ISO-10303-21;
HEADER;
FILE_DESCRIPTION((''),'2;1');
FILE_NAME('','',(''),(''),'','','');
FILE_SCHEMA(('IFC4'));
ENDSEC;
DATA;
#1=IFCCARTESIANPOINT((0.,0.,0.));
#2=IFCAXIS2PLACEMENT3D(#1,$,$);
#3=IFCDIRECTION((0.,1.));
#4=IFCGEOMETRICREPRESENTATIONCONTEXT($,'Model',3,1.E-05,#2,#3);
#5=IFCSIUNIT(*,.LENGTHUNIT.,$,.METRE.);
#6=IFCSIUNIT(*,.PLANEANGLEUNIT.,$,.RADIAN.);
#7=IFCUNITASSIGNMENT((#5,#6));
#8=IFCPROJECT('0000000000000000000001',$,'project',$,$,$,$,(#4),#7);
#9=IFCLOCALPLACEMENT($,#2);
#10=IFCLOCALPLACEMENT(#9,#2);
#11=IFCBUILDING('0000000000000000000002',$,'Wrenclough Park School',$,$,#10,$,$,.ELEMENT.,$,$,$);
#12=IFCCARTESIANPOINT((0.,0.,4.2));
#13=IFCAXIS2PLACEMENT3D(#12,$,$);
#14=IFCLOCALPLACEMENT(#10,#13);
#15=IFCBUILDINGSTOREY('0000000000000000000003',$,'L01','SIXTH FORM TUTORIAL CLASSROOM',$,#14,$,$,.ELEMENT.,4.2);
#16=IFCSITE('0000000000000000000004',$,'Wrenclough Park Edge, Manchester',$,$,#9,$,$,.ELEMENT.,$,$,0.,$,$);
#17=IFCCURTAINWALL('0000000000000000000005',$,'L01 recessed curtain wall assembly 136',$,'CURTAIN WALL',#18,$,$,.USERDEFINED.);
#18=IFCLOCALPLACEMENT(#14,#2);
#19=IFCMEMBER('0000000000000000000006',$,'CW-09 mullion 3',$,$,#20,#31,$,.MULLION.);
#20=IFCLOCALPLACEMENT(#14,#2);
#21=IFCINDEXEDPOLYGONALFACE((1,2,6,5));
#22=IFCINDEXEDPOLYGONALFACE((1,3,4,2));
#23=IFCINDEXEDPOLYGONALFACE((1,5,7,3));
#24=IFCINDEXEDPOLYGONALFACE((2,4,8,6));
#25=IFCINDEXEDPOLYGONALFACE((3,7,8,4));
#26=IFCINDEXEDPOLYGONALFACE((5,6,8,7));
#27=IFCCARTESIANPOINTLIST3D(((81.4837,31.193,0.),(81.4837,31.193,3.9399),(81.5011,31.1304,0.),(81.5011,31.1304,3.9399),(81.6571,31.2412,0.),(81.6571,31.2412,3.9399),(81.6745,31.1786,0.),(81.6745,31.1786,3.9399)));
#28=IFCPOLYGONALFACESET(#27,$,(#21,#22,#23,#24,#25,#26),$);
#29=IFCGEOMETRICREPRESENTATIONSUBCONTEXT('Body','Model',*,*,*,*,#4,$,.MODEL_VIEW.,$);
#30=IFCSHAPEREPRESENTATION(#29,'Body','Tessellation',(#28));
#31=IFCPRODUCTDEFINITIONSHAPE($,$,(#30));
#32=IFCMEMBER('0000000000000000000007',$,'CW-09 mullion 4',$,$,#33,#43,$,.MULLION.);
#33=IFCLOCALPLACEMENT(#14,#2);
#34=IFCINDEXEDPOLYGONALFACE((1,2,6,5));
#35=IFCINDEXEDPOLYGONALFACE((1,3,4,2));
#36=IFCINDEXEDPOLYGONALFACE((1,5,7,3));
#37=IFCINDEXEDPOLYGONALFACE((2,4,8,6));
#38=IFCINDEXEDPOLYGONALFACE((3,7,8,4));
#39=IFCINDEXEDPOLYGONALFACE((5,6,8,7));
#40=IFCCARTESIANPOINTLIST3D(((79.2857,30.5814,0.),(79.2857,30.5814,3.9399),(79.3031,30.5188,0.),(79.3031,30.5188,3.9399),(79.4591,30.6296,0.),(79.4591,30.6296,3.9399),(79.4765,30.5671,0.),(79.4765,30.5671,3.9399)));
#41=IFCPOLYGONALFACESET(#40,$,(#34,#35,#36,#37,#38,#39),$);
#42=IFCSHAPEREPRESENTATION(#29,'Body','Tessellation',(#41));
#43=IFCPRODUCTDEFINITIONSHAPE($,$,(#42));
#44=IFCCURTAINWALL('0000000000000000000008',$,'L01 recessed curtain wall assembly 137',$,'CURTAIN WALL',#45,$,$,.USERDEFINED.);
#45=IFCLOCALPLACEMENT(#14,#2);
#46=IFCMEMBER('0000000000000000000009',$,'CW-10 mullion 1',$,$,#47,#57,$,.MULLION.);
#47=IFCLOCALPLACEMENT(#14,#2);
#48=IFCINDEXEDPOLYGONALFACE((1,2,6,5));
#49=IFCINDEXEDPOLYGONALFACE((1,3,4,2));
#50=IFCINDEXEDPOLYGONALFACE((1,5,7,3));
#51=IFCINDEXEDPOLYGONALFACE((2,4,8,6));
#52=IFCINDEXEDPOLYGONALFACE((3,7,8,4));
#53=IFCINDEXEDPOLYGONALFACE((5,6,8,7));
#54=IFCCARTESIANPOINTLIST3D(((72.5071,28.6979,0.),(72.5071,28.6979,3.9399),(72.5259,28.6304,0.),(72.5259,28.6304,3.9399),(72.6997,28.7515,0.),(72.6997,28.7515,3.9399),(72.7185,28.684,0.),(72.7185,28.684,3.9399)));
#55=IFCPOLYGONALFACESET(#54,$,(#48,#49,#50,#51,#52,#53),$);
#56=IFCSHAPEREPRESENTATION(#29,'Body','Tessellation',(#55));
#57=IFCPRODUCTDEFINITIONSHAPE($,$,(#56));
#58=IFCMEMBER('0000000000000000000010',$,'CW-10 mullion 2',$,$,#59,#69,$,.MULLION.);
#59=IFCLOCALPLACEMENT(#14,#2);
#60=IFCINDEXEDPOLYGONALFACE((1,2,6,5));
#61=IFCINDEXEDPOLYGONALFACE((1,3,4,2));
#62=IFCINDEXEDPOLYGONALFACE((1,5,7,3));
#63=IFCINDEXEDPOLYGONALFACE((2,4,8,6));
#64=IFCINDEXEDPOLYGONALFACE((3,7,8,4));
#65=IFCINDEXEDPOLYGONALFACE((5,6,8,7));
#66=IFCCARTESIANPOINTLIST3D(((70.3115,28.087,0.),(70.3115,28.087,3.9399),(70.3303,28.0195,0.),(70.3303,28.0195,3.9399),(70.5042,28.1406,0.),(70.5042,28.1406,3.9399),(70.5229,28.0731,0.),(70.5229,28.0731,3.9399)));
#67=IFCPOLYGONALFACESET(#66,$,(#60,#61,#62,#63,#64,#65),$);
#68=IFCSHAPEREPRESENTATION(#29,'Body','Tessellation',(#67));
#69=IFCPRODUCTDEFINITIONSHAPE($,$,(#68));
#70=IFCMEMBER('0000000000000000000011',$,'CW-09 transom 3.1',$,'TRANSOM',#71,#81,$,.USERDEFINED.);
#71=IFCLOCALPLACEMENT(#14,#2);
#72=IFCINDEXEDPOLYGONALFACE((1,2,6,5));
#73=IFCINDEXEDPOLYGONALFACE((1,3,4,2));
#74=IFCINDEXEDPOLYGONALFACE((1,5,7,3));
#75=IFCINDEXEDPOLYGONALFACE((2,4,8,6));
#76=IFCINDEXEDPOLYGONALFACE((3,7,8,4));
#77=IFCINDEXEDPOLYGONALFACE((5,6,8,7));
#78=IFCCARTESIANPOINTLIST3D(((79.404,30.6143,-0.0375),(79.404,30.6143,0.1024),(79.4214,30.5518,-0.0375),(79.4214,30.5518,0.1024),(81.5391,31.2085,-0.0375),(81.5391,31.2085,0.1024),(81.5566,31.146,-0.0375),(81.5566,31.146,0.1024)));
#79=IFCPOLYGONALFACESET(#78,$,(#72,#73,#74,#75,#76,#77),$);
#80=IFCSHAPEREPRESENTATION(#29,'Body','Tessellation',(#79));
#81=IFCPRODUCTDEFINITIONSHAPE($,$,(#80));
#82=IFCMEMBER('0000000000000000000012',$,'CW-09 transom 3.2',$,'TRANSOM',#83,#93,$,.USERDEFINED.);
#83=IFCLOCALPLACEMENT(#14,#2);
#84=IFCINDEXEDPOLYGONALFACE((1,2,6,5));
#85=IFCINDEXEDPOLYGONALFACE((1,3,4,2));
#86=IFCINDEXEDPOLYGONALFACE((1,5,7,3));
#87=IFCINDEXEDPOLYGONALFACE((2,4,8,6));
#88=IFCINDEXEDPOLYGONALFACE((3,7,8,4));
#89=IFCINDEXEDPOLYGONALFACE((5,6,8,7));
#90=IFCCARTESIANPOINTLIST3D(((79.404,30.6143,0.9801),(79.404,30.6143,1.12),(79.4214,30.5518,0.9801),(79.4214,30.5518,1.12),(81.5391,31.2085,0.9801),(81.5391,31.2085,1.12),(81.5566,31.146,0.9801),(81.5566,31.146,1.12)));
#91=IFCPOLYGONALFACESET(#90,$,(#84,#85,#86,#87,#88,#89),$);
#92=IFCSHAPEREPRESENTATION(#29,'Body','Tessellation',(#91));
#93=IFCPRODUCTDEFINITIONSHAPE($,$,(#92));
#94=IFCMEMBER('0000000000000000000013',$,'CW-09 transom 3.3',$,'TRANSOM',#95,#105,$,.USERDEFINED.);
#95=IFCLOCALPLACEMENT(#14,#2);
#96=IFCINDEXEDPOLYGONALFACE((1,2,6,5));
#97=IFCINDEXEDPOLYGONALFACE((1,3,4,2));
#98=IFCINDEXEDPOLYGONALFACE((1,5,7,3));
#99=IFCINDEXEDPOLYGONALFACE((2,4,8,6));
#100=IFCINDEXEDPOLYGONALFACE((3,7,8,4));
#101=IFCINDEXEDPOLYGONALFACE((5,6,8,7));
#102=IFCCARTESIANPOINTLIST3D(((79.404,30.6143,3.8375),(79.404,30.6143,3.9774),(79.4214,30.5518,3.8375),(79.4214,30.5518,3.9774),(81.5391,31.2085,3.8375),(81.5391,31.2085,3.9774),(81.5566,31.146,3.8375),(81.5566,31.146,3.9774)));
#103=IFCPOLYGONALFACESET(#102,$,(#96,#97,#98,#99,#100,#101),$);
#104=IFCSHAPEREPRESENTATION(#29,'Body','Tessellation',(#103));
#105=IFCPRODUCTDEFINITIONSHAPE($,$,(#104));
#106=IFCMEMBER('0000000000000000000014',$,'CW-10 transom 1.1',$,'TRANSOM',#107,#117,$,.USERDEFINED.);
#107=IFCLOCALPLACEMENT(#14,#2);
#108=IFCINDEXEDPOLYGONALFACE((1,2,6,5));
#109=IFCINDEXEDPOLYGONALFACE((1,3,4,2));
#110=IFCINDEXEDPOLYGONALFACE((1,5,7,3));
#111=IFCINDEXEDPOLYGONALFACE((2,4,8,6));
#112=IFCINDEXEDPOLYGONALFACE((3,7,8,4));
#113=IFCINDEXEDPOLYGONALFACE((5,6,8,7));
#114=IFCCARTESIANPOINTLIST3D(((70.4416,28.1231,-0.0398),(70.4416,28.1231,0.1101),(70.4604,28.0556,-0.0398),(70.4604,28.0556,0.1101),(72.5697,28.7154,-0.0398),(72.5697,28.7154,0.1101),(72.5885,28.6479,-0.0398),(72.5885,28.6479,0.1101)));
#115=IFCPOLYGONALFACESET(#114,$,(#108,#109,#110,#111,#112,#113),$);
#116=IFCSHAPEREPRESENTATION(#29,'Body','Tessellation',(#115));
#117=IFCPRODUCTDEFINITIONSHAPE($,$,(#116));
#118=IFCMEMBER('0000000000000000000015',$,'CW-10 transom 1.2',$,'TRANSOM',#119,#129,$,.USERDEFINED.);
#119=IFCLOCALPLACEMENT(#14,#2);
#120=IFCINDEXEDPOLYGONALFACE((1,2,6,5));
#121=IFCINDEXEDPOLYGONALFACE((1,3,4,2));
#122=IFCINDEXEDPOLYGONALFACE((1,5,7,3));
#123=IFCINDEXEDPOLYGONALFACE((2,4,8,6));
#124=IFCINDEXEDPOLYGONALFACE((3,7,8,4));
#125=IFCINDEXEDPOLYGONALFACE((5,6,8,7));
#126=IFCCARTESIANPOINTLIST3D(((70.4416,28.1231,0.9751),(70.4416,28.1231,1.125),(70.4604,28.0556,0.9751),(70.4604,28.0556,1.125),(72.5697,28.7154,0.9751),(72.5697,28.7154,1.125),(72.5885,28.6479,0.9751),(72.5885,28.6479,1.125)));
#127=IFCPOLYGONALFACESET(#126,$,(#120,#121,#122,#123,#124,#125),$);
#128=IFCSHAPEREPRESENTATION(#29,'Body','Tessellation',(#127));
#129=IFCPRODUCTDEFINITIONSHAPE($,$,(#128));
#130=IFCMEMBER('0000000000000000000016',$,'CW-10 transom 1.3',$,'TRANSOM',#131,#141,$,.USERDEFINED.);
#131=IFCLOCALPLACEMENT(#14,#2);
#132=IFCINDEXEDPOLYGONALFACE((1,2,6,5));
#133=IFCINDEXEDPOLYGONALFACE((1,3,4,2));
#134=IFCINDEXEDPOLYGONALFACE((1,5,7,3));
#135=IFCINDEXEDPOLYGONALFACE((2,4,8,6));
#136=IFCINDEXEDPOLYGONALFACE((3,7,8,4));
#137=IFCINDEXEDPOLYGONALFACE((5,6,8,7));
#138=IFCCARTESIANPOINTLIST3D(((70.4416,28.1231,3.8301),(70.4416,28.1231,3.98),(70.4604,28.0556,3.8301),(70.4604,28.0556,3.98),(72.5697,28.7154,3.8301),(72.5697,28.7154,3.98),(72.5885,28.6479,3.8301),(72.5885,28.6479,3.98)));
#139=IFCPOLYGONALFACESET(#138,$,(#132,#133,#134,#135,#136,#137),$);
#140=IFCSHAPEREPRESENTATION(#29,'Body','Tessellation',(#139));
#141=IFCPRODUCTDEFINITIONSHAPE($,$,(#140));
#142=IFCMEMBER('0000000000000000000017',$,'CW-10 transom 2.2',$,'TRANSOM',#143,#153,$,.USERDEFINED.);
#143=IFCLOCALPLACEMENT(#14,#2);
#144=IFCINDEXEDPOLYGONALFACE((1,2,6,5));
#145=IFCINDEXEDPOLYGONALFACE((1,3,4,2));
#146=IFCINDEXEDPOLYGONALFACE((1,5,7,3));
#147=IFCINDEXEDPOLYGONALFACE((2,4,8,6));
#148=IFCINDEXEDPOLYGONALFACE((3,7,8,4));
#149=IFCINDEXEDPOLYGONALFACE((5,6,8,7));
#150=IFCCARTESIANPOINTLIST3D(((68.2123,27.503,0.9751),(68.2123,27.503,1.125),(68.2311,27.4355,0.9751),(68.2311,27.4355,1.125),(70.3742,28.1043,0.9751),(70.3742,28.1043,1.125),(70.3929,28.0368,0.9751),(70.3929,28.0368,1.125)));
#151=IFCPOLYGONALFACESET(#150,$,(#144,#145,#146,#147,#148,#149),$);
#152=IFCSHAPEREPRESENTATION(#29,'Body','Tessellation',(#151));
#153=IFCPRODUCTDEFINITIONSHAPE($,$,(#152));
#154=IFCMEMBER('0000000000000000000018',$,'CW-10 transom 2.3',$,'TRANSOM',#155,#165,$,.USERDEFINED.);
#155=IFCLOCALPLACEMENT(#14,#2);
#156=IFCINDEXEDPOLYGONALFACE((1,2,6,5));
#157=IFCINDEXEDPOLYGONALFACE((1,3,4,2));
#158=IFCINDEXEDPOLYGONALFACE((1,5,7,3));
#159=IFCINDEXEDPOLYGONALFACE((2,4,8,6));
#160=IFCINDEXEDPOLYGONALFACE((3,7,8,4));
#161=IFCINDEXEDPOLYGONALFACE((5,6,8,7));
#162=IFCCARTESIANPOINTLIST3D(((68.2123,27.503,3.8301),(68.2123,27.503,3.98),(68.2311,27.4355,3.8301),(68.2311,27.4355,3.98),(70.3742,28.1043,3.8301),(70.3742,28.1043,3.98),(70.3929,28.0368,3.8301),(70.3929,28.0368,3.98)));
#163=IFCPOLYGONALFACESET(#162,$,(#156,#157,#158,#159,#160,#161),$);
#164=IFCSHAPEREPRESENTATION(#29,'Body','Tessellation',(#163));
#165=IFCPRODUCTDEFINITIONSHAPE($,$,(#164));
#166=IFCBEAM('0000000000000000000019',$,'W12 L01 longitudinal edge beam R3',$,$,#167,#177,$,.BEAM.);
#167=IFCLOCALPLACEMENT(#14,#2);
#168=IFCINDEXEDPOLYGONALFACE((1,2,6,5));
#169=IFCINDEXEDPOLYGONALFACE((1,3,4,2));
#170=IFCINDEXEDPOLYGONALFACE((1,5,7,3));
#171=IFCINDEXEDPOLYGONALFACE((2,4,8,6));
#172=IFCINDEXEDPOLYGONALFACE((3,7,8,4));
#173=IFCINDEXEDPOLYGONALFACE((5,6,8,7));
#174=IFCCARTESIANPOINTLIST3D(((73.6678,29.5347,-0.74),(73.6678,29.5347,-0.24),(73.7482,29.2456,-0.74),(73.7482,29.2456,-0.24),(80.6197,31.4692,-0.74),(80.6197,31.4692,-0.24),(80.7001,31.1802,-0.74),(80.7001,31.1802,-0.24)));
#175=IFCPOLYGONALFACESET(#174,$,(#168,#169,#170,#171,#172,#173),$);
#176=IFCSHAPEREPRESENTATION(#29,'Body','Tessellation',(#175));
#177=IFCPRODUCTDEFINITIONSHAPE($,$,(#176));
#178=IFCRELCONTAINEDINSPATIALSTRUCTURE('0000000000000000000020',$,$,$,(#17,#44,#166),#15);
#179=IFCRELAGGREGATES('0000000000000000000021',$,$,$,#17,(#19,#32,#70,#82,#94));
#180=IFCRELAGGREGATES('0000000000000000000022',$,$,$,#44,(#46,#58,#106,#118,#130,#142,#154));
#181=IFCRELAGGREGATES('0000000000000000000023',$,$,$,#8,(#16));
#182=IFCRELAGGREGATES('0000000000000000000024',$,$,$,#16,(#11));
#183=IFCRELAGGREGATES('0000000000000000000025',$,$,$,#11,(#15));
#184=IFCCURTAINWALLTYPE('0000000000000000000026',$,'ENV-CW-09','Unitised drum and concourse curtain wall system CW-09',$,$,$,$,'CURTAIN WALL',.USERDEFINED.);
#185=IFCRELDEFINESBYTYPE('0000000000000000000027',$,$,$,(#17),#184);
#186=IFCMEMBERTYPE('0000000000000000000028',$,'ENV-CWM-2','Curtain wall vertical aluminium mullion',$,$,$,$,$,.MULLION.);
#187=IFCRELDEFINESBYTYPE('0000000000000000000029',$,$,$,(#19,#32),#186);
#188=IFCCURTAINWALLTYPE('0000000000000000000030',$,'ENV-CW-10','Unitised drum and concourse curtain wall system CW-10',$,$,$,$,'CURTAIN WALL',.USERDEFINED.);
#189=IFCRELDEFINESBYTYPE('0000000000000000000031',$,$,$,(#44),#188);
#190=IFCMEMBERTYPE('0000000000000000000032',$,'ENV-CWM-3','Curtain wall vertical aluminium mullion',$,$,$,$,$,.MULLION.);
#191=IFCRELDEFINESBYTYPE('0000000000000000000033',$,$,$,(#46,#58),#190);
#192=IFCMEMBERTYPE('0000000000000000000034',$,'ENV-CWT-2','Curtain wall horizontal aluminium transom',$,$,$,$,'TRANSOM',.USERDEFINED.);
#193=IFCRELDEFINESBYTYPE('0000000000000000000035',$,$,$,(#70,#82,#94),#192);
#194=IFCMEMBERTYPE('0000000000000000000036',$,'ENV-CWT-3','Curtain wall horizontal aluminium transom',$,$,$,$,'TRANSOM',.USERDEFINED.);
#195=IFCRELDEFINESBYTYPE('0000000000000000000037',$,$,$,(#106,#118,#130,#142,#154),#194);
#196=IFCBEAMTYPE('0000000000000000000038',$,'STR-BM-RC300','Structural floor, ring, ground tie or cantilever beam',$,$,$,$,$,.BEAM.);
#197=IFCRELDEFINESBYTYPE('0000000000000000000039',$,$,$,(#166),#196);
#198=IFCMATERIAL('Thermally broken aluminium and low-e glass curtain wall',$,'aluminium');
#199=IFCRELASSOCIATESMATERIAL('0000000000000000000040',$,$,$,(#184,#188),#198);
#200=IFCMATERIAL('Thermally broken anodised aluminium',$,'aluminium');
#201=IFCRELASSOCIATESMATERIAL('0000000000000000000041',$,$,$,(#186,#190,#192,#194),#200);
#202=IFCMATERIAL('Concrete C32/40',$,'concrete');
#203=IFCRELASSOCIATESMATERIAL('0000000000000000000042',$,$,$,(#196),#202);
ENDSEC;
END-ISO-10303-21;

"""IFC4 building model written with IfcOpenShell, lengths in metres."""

from ifc_helpers import new_model, si_unit, direction, frame, origin, origin_2d, place, context, subcontext, project, spatial, rectangle, extrude, material, material_profile, profile_set, type_object, element, aggregate, save


model = new_model("IFC4")

# Units and contexts
model_context = context("Model", 3, precision=1e-05, world=origin(), true_north=direction((0.0, 1.0)))
body_context = subcontext(model_context, "Body", "Model", "MODEL_VIEW")
ifc_project = project(units=[si_unit("LENGTHUNIT", "METRE"), si_unit("PLANEANGLEUNIT", "RADIAN")], contexts=[model_context])

# Site, building, storey
site_placement = place(None, origin())
site = spatial("IfcSite", under=ifc_project, at=site_placement, Name="Wrenclough Park Edge, Manchester", CompositionType="ELEMENT", RefElevation=0.0)
building_placement = place(site_placement, origin())
building = spatial("IfcBuilding", under=site, at=building_placement, Name="Wrenclough Park School", CompositionType="ELEMENT")
storey_placement = place(building_placement, frame((0.0, 0.0, 4.2)))
storey = spatial("IfcBuildingStorey", under=building, at=storey_placement, Name="L01", Description="SIXTH FORM TUTORIAL CLASSROOM", CompositionType="ELEMENT", Elevation=4.2)

# Curtain walls, members
ifc_material_1 = material(Name="Thermally broken aluminium and low-e glass curtain wall", Category="aluminium")
curtain_wall_type_1 = type_object("IfcCurtainWallType", Name="ENV-CW-09", Description="Unitised drum and concourse curtain wall system CW-09", ElementType="CURTAIN WALL", PredefinedType="USERDEFINED", material=ifc_material_1)
curtain_wall_1_placement = place(storey_placement, origin())
curtain_wall_1 = element("IfcCurtainWall", 1, at=curtain_wall_1_placement, inside=storey, type_object=curtain_wall_type_1, Name="L01 recessed curtain wall assembly 136", ObjectType="CURTAIN WALL", PredefinedType="USERDEFINED")
ifc_material_2 = material(Name="Thermally broken anodised aluminium", Category="aluminium")
ifc_material_profile_1 = material_profile(ifc_material_2, rectangle(XDim=0.0649, YDim=0.1799, at=origin_2d()), Name="AL MULLION 65x180")
ifc_profile_set_1 = profile_set([ifc_material_profile_1], Name="Thermally broken anodised aluminium")
member_type_1 = type_object("IfcMemberType", Name="ENV-CWM-2", Description="Curtain wall vertical aluminium mullion", PredefinedType="MULLION", material=ifc_profile_set_1)
member_1_placement = place(storey_placement, frame((81.5791, 31.1858, 0.0), z_axis=(0.0, 0.0, 1.0), x_axis=(0.268073, -0.963399, 0.0)))
member_1 = element("IfcMember", 2, at=member_1_placement, type_object=member_type_1, Name="CW-09 mullion 3", PredefinedType="MULLION", context=body_context, shape_type="SweptSolid", body=[
    extrude(rectangle(XDim=0.0649, YDim=0.1799, at=origin_2d()), origin(), (0.0, 0.0, 1.0), 3.9399),
])
member_2_placement = place(storey_placement, frame((79.3811, 30.5742, 0.0), z_axis=(0.0, 0.0, 1.0), x_axis=(0.268073, -0.963399, 0.0)))
member_2 = element("IfcMember", 3, at=member_2_placement, type_object=member_type_1, Name="CW-09 mullion 4", PredefinedType="MULLION", context=body_context, shape_type="SweptSolid", body=[
    extrude(rectangle(XDim=0.0649, YDim=0.1799, at=origin_2d()), origin(), (0.0, 0.0, 1.0), 3.9399),
])
curtain_wall_type_2 = type_object("IfcCurtainWallType", Name="ENV-CW-10", Description="Unitised drum and concourse curtain wall system CW-10", ElementType="CURTAIN WALL", PredefinedType="USERDEFINED", material=ifc_material_1)
curtain_wall_2_placement = place(storey_placement, origin())
curtain_wall_2 = element("IfcCurtainWall", 4, at=curtain_wall_2_placement, inside=storey, type_object=curtain_wall_type_2, Name="L01 recessed curtain wall assembly 137", ObjectType="CURTAIN WALL", PredefinedType="USERDEFINED")
ifc_material_profile_2 = material_profile(ifc_material_2, rectangle(XDim=0.0701, YDim=0.2, at=origin_2d()), Name="AL MULLION 70x200")
ifc_profile_set_2 = profile_set([ifc_material_profile_2], Name="Thermally broken anodised aluminium")
member_type_2 = type_object("IfcMemberType", Name="ENV-CWM-3", Description="Curtain wall vertical aluminium mullion", PredefinedType="MULLION", material=ifc_profile_set_2)
member_3_placement = place(storey_placement, frame((72.6128, 28.6909, 0.0), z_axis=(0.0, 0.0, 1.0), x_axis=(0.268059, -0.963402, 0.0)))
member_3 = element("IfcMember", 5, at=member_3_placement, type_object=member_type_2, Name="CW-10 mullion 1", PredefinedType="MULLION", context=body_context, shape_type="SweptSolid", body=[
    extrude(rectangle(XDim=0.0701, YDim=0.2, at=origin_2d()), origin(), (0.0, 0.0, 1.0), 3.9399),
])
member_4_placement = place(storey_placement, frame((70.4172, 28.0801, 0.0), z_axis=(0.0, 0.0, 1.0), x_axis=(0.268059, -0.963402, 0.0)))
member_4 = element("IfcMember", 6, at=member_4_placement, type_object=member_type_2, Name="CW-10 mullion 2", PredefinedType="MULLION", context=body_context, shape_type="SweptSolid", body=[
    extrude(rectangle(XDim=0.0701, YDim=0.2, at=origin_2d()), origin(), (0.0, 0.0, 1.0), 3.9399),
])

# Members
ifc_material_profile_3 = material_profile(ifc_material_2, rectangle(XDim=0.0649, YDim=0.1399, at=origin_2d()), Name="AL TRANSOM 65x140")
ifc_profile_set_3 = profile_set([ifc_material_profile_3], Name="Thermally broken anodised aluminium")
member_type_3 = type_object("IfcMemberType", Name="ENV-CWT-2", Description="Curtain wall horizontal aluminium transom", ElementType="TRANSOM", PredefinedType="USERDEFINED", material=ifc_profile_set_3)
member_5_placement = place(storey_placement, frame((81.5479, 31.1772, 0.0325), z_axis=(-0.963388, -0.26811, 0.0), x_axis=(0.26811, -0.963388, 0.0)))
member_5 = element("IfcMember", 7, at=member_5_placement, type_object=member_type_3, Name="CW-09 transom 3.1", ObjectType="TRANSOM", PredefinedType="USERDEFINED", context=body_context, shape_type="SweptSolid", body=[
    extrude(rectangle(XDim=0.0649, YDim=0.1399, at=origin_2d()), origin(), (0.0, 0.0, 1.0), 2.2163),
])
member_6_placement = place(storey_placement, frame((81.5479, 31.1772, 1.05), z_axis=(-0.963388, -0.26811, 0.0), x_axis=(0.26811, -0.963388, 0.0)))
member_6 = element("IfcMember", 8, at=member_6_placement, type_object=member_type_3, Name="CW-09 transom 3.2", ObjectType="TRANSOM", PredefinedType="USERDEFINED", context=body_context, shape_type="SweptSolid", body=[
    extrude(rectangle(XDim=0.0649, YDim=0.1399, at=origin_2d()), origin(), (0.0, 0.0, 1.0), 2.2163),
])
member_7_placement = place(storey_placement, frame((81.5479, 31.1772, 3.9075), z_axis=(-0.963388, -0.26811, 0.0), x_axis=(0.26811, -0.963388, 0.0)))
member_7 = element("IfcMember", 9, at=member_7_placement, type_object=member_type_3, Name="CW-09 transom 3.3", ObjectType="TRANSOM", PredefinedType="USERDEFINED", context=body_context, shape_type="SweptSolid", body=[
    extrude(rectangle(XDim=0.0649, YDim=0.1399, at=origin_2d()), origin(), (0.0, 0.0, 1.0), 2.2163),
])
ifc_material_profile_4 = material_profile(ifc_material_2, rectangle(XDim=0.0701, YDim=0.1499, at=origin_2d()), Name="AL TRANSOM 70x150")
ifc_profile_set_4 = profile_set([ifc_material_profile_4], Name="Thermally broken anodised aluminium")
member_type_4 = type_object("IfcMemberType", Name="ENV-CWT-3", Description="Curtain wall horizontal aluminium transom", ElementType="TRANSOM", PredefinedType="USERDEFINED", material=ifc_profile_set_4)
member_8_placement = place(storey_placement, frame((72.5791, 28.6816, 0.0352), z_axis=(-0.963386, -0.268117, 0.0), x_axis=(0.268117, -0.963386, 0.0)))
member_8 = element("IfcMember", 10, at=member_8_placement, type_object=member_type_4, Name="CW-10 transom 1.1", ObjectType="TRANSOM", PredefinedType="USERDEFINED", context=body_context, shape_type="SweptSolid", body=[
    extrude(rectangle(XDim=0.0701, YDim=0.1499, at=origin_2d()), origin(), (0.0, 0.0, 1.0), 2.209),
])
member_9_placement = place(storey_placement, frame((72.5791, 28.6816, 1.05), z_axis=(-0.963386, -0.268117, 0.0), x_axis=(0.268117, -0.963386, 0.0)))
member_9 = element("IfcMember", 11, at=member_9_placement, type_object=member_type_4, Name="CW-10 transom 1.2", ObjectType="TRANSOM", PredefinedType="USERDEFINED", context=body_context, shape_type="SweptSolid", body=[
    extrude(rectangle(XDim=0.0701, YDim=0.1499, at=origin_2d()), origin(), (0.0, 0.0, 1.0), 2.209),
])
member_10_placement = place(storey_placement, frame((72.5791, 28.6816, 3.905), z_axis=(-0.963386, -0.268117, 0.0), x_axis=(0.268117, -0.963386, 0.0)))
member_10 = element("IfcMember", 12, at=member_10_placement, type_object=member_type_4, Name="CW-10 transom 1.3", ObjectType="TRANSOM", PredefinedType="USERDEFINED", context=body_context, shape_type="SweptSolid", body=[
    extrude(rectangle(XDim=0.0701, YDim=0.1499, at=origin_2d()), origin(), (0.0, 0.0, 1.0), 2.209),
])
member_11_placement = place(storey_placement, frame((70.3835, 28.0706, 1.05), z_axis=(-0.963426, -0.267975, 0.0), x_axis=(0.267975, -0.963426, 0.0)))
member_11 = element("IfcMember", 13, at=member_11_placement, type_object=member_type_4, Name="CW-10 transom 2.2", ObjectType="TRANSOM", PredefinedType="USERDEFINED", context=body_context, shape_type="SweptSolid", body=[
    extrude(rectangle(XDim=0.0701, YDim=0.1499, at=origin_2d()), origin(), (0.0, 0.0, 1.0), 2.2439),
])
member_12_placement = place(storey_placement, frame((70.3835, 28.0706, 3.905), z_axis=(-0.963426, -0.267975, 0.0), x_axis=(0.267975, -0.963426, 0.0)))
member_12 = element("IfcMember", 14, at=member_12_placement, type_object=member_type_4, Name="CW-10 transom 2.3", ObjectType="TRANSOM", PredefinedType="USERDEFINED", context=body_context, shape_type="SweptSolid", body=[
    extrude(rectangle(XDim=0.0701, YDim=0.1499, at=origin_2d()), origin(), (0.0, 0.0, 1.0), 2.2439),
])

# Beam
ifc_material_3 = material(Name="Concrete C32/40", Category="concrete")
ifc_material_profile_5 = material_profile(ifc_material_3, rectangle(XDim=0.3, YDim=0.5, at=origin_2d()), Name="RC BEAM 300x500")
ifc_profile_set_5 = profile_set([ifc_material_profile_5], Name="Concrete C32/40")
beam_type_1 = type_object("IfcBeamType", Name="STR-BM-RC300", Description="Structural floor, ring, ground tie or cantilever beam", PredefinedType="BEAM", material=ifc_profile_set_5)
beam_1_placement = place(storey_placement, frame((73.708, 29.3901, -0.49), z_axis=(0.963393, 0.268092, 0.0), x_axis=(-0.268092, 0.963393, 0.0)))
element("IfcBeam", 15, at=beam_1_placement, inside=storey, type_object=beam_type_1, Name="W12 L01 longitudinal edge beam R3", PredefinedType="BEAM", context=body_context, shape_type="SweptSolid", body=[
    extrude(rectangle(XDim=0.3, YDim=0.5, at=origin_2d()), origin(), (0.0, 0.0, 1.0), 7.2161),
])

aggregate(curtain_wall_1, [member_1, member_2, member_5, member_6, member_7])
aggregate(curtain_wall_2, [member_3, member_4, member_8, member_9, member_10, member_11, member_12])

save(model, "model.ifc")
